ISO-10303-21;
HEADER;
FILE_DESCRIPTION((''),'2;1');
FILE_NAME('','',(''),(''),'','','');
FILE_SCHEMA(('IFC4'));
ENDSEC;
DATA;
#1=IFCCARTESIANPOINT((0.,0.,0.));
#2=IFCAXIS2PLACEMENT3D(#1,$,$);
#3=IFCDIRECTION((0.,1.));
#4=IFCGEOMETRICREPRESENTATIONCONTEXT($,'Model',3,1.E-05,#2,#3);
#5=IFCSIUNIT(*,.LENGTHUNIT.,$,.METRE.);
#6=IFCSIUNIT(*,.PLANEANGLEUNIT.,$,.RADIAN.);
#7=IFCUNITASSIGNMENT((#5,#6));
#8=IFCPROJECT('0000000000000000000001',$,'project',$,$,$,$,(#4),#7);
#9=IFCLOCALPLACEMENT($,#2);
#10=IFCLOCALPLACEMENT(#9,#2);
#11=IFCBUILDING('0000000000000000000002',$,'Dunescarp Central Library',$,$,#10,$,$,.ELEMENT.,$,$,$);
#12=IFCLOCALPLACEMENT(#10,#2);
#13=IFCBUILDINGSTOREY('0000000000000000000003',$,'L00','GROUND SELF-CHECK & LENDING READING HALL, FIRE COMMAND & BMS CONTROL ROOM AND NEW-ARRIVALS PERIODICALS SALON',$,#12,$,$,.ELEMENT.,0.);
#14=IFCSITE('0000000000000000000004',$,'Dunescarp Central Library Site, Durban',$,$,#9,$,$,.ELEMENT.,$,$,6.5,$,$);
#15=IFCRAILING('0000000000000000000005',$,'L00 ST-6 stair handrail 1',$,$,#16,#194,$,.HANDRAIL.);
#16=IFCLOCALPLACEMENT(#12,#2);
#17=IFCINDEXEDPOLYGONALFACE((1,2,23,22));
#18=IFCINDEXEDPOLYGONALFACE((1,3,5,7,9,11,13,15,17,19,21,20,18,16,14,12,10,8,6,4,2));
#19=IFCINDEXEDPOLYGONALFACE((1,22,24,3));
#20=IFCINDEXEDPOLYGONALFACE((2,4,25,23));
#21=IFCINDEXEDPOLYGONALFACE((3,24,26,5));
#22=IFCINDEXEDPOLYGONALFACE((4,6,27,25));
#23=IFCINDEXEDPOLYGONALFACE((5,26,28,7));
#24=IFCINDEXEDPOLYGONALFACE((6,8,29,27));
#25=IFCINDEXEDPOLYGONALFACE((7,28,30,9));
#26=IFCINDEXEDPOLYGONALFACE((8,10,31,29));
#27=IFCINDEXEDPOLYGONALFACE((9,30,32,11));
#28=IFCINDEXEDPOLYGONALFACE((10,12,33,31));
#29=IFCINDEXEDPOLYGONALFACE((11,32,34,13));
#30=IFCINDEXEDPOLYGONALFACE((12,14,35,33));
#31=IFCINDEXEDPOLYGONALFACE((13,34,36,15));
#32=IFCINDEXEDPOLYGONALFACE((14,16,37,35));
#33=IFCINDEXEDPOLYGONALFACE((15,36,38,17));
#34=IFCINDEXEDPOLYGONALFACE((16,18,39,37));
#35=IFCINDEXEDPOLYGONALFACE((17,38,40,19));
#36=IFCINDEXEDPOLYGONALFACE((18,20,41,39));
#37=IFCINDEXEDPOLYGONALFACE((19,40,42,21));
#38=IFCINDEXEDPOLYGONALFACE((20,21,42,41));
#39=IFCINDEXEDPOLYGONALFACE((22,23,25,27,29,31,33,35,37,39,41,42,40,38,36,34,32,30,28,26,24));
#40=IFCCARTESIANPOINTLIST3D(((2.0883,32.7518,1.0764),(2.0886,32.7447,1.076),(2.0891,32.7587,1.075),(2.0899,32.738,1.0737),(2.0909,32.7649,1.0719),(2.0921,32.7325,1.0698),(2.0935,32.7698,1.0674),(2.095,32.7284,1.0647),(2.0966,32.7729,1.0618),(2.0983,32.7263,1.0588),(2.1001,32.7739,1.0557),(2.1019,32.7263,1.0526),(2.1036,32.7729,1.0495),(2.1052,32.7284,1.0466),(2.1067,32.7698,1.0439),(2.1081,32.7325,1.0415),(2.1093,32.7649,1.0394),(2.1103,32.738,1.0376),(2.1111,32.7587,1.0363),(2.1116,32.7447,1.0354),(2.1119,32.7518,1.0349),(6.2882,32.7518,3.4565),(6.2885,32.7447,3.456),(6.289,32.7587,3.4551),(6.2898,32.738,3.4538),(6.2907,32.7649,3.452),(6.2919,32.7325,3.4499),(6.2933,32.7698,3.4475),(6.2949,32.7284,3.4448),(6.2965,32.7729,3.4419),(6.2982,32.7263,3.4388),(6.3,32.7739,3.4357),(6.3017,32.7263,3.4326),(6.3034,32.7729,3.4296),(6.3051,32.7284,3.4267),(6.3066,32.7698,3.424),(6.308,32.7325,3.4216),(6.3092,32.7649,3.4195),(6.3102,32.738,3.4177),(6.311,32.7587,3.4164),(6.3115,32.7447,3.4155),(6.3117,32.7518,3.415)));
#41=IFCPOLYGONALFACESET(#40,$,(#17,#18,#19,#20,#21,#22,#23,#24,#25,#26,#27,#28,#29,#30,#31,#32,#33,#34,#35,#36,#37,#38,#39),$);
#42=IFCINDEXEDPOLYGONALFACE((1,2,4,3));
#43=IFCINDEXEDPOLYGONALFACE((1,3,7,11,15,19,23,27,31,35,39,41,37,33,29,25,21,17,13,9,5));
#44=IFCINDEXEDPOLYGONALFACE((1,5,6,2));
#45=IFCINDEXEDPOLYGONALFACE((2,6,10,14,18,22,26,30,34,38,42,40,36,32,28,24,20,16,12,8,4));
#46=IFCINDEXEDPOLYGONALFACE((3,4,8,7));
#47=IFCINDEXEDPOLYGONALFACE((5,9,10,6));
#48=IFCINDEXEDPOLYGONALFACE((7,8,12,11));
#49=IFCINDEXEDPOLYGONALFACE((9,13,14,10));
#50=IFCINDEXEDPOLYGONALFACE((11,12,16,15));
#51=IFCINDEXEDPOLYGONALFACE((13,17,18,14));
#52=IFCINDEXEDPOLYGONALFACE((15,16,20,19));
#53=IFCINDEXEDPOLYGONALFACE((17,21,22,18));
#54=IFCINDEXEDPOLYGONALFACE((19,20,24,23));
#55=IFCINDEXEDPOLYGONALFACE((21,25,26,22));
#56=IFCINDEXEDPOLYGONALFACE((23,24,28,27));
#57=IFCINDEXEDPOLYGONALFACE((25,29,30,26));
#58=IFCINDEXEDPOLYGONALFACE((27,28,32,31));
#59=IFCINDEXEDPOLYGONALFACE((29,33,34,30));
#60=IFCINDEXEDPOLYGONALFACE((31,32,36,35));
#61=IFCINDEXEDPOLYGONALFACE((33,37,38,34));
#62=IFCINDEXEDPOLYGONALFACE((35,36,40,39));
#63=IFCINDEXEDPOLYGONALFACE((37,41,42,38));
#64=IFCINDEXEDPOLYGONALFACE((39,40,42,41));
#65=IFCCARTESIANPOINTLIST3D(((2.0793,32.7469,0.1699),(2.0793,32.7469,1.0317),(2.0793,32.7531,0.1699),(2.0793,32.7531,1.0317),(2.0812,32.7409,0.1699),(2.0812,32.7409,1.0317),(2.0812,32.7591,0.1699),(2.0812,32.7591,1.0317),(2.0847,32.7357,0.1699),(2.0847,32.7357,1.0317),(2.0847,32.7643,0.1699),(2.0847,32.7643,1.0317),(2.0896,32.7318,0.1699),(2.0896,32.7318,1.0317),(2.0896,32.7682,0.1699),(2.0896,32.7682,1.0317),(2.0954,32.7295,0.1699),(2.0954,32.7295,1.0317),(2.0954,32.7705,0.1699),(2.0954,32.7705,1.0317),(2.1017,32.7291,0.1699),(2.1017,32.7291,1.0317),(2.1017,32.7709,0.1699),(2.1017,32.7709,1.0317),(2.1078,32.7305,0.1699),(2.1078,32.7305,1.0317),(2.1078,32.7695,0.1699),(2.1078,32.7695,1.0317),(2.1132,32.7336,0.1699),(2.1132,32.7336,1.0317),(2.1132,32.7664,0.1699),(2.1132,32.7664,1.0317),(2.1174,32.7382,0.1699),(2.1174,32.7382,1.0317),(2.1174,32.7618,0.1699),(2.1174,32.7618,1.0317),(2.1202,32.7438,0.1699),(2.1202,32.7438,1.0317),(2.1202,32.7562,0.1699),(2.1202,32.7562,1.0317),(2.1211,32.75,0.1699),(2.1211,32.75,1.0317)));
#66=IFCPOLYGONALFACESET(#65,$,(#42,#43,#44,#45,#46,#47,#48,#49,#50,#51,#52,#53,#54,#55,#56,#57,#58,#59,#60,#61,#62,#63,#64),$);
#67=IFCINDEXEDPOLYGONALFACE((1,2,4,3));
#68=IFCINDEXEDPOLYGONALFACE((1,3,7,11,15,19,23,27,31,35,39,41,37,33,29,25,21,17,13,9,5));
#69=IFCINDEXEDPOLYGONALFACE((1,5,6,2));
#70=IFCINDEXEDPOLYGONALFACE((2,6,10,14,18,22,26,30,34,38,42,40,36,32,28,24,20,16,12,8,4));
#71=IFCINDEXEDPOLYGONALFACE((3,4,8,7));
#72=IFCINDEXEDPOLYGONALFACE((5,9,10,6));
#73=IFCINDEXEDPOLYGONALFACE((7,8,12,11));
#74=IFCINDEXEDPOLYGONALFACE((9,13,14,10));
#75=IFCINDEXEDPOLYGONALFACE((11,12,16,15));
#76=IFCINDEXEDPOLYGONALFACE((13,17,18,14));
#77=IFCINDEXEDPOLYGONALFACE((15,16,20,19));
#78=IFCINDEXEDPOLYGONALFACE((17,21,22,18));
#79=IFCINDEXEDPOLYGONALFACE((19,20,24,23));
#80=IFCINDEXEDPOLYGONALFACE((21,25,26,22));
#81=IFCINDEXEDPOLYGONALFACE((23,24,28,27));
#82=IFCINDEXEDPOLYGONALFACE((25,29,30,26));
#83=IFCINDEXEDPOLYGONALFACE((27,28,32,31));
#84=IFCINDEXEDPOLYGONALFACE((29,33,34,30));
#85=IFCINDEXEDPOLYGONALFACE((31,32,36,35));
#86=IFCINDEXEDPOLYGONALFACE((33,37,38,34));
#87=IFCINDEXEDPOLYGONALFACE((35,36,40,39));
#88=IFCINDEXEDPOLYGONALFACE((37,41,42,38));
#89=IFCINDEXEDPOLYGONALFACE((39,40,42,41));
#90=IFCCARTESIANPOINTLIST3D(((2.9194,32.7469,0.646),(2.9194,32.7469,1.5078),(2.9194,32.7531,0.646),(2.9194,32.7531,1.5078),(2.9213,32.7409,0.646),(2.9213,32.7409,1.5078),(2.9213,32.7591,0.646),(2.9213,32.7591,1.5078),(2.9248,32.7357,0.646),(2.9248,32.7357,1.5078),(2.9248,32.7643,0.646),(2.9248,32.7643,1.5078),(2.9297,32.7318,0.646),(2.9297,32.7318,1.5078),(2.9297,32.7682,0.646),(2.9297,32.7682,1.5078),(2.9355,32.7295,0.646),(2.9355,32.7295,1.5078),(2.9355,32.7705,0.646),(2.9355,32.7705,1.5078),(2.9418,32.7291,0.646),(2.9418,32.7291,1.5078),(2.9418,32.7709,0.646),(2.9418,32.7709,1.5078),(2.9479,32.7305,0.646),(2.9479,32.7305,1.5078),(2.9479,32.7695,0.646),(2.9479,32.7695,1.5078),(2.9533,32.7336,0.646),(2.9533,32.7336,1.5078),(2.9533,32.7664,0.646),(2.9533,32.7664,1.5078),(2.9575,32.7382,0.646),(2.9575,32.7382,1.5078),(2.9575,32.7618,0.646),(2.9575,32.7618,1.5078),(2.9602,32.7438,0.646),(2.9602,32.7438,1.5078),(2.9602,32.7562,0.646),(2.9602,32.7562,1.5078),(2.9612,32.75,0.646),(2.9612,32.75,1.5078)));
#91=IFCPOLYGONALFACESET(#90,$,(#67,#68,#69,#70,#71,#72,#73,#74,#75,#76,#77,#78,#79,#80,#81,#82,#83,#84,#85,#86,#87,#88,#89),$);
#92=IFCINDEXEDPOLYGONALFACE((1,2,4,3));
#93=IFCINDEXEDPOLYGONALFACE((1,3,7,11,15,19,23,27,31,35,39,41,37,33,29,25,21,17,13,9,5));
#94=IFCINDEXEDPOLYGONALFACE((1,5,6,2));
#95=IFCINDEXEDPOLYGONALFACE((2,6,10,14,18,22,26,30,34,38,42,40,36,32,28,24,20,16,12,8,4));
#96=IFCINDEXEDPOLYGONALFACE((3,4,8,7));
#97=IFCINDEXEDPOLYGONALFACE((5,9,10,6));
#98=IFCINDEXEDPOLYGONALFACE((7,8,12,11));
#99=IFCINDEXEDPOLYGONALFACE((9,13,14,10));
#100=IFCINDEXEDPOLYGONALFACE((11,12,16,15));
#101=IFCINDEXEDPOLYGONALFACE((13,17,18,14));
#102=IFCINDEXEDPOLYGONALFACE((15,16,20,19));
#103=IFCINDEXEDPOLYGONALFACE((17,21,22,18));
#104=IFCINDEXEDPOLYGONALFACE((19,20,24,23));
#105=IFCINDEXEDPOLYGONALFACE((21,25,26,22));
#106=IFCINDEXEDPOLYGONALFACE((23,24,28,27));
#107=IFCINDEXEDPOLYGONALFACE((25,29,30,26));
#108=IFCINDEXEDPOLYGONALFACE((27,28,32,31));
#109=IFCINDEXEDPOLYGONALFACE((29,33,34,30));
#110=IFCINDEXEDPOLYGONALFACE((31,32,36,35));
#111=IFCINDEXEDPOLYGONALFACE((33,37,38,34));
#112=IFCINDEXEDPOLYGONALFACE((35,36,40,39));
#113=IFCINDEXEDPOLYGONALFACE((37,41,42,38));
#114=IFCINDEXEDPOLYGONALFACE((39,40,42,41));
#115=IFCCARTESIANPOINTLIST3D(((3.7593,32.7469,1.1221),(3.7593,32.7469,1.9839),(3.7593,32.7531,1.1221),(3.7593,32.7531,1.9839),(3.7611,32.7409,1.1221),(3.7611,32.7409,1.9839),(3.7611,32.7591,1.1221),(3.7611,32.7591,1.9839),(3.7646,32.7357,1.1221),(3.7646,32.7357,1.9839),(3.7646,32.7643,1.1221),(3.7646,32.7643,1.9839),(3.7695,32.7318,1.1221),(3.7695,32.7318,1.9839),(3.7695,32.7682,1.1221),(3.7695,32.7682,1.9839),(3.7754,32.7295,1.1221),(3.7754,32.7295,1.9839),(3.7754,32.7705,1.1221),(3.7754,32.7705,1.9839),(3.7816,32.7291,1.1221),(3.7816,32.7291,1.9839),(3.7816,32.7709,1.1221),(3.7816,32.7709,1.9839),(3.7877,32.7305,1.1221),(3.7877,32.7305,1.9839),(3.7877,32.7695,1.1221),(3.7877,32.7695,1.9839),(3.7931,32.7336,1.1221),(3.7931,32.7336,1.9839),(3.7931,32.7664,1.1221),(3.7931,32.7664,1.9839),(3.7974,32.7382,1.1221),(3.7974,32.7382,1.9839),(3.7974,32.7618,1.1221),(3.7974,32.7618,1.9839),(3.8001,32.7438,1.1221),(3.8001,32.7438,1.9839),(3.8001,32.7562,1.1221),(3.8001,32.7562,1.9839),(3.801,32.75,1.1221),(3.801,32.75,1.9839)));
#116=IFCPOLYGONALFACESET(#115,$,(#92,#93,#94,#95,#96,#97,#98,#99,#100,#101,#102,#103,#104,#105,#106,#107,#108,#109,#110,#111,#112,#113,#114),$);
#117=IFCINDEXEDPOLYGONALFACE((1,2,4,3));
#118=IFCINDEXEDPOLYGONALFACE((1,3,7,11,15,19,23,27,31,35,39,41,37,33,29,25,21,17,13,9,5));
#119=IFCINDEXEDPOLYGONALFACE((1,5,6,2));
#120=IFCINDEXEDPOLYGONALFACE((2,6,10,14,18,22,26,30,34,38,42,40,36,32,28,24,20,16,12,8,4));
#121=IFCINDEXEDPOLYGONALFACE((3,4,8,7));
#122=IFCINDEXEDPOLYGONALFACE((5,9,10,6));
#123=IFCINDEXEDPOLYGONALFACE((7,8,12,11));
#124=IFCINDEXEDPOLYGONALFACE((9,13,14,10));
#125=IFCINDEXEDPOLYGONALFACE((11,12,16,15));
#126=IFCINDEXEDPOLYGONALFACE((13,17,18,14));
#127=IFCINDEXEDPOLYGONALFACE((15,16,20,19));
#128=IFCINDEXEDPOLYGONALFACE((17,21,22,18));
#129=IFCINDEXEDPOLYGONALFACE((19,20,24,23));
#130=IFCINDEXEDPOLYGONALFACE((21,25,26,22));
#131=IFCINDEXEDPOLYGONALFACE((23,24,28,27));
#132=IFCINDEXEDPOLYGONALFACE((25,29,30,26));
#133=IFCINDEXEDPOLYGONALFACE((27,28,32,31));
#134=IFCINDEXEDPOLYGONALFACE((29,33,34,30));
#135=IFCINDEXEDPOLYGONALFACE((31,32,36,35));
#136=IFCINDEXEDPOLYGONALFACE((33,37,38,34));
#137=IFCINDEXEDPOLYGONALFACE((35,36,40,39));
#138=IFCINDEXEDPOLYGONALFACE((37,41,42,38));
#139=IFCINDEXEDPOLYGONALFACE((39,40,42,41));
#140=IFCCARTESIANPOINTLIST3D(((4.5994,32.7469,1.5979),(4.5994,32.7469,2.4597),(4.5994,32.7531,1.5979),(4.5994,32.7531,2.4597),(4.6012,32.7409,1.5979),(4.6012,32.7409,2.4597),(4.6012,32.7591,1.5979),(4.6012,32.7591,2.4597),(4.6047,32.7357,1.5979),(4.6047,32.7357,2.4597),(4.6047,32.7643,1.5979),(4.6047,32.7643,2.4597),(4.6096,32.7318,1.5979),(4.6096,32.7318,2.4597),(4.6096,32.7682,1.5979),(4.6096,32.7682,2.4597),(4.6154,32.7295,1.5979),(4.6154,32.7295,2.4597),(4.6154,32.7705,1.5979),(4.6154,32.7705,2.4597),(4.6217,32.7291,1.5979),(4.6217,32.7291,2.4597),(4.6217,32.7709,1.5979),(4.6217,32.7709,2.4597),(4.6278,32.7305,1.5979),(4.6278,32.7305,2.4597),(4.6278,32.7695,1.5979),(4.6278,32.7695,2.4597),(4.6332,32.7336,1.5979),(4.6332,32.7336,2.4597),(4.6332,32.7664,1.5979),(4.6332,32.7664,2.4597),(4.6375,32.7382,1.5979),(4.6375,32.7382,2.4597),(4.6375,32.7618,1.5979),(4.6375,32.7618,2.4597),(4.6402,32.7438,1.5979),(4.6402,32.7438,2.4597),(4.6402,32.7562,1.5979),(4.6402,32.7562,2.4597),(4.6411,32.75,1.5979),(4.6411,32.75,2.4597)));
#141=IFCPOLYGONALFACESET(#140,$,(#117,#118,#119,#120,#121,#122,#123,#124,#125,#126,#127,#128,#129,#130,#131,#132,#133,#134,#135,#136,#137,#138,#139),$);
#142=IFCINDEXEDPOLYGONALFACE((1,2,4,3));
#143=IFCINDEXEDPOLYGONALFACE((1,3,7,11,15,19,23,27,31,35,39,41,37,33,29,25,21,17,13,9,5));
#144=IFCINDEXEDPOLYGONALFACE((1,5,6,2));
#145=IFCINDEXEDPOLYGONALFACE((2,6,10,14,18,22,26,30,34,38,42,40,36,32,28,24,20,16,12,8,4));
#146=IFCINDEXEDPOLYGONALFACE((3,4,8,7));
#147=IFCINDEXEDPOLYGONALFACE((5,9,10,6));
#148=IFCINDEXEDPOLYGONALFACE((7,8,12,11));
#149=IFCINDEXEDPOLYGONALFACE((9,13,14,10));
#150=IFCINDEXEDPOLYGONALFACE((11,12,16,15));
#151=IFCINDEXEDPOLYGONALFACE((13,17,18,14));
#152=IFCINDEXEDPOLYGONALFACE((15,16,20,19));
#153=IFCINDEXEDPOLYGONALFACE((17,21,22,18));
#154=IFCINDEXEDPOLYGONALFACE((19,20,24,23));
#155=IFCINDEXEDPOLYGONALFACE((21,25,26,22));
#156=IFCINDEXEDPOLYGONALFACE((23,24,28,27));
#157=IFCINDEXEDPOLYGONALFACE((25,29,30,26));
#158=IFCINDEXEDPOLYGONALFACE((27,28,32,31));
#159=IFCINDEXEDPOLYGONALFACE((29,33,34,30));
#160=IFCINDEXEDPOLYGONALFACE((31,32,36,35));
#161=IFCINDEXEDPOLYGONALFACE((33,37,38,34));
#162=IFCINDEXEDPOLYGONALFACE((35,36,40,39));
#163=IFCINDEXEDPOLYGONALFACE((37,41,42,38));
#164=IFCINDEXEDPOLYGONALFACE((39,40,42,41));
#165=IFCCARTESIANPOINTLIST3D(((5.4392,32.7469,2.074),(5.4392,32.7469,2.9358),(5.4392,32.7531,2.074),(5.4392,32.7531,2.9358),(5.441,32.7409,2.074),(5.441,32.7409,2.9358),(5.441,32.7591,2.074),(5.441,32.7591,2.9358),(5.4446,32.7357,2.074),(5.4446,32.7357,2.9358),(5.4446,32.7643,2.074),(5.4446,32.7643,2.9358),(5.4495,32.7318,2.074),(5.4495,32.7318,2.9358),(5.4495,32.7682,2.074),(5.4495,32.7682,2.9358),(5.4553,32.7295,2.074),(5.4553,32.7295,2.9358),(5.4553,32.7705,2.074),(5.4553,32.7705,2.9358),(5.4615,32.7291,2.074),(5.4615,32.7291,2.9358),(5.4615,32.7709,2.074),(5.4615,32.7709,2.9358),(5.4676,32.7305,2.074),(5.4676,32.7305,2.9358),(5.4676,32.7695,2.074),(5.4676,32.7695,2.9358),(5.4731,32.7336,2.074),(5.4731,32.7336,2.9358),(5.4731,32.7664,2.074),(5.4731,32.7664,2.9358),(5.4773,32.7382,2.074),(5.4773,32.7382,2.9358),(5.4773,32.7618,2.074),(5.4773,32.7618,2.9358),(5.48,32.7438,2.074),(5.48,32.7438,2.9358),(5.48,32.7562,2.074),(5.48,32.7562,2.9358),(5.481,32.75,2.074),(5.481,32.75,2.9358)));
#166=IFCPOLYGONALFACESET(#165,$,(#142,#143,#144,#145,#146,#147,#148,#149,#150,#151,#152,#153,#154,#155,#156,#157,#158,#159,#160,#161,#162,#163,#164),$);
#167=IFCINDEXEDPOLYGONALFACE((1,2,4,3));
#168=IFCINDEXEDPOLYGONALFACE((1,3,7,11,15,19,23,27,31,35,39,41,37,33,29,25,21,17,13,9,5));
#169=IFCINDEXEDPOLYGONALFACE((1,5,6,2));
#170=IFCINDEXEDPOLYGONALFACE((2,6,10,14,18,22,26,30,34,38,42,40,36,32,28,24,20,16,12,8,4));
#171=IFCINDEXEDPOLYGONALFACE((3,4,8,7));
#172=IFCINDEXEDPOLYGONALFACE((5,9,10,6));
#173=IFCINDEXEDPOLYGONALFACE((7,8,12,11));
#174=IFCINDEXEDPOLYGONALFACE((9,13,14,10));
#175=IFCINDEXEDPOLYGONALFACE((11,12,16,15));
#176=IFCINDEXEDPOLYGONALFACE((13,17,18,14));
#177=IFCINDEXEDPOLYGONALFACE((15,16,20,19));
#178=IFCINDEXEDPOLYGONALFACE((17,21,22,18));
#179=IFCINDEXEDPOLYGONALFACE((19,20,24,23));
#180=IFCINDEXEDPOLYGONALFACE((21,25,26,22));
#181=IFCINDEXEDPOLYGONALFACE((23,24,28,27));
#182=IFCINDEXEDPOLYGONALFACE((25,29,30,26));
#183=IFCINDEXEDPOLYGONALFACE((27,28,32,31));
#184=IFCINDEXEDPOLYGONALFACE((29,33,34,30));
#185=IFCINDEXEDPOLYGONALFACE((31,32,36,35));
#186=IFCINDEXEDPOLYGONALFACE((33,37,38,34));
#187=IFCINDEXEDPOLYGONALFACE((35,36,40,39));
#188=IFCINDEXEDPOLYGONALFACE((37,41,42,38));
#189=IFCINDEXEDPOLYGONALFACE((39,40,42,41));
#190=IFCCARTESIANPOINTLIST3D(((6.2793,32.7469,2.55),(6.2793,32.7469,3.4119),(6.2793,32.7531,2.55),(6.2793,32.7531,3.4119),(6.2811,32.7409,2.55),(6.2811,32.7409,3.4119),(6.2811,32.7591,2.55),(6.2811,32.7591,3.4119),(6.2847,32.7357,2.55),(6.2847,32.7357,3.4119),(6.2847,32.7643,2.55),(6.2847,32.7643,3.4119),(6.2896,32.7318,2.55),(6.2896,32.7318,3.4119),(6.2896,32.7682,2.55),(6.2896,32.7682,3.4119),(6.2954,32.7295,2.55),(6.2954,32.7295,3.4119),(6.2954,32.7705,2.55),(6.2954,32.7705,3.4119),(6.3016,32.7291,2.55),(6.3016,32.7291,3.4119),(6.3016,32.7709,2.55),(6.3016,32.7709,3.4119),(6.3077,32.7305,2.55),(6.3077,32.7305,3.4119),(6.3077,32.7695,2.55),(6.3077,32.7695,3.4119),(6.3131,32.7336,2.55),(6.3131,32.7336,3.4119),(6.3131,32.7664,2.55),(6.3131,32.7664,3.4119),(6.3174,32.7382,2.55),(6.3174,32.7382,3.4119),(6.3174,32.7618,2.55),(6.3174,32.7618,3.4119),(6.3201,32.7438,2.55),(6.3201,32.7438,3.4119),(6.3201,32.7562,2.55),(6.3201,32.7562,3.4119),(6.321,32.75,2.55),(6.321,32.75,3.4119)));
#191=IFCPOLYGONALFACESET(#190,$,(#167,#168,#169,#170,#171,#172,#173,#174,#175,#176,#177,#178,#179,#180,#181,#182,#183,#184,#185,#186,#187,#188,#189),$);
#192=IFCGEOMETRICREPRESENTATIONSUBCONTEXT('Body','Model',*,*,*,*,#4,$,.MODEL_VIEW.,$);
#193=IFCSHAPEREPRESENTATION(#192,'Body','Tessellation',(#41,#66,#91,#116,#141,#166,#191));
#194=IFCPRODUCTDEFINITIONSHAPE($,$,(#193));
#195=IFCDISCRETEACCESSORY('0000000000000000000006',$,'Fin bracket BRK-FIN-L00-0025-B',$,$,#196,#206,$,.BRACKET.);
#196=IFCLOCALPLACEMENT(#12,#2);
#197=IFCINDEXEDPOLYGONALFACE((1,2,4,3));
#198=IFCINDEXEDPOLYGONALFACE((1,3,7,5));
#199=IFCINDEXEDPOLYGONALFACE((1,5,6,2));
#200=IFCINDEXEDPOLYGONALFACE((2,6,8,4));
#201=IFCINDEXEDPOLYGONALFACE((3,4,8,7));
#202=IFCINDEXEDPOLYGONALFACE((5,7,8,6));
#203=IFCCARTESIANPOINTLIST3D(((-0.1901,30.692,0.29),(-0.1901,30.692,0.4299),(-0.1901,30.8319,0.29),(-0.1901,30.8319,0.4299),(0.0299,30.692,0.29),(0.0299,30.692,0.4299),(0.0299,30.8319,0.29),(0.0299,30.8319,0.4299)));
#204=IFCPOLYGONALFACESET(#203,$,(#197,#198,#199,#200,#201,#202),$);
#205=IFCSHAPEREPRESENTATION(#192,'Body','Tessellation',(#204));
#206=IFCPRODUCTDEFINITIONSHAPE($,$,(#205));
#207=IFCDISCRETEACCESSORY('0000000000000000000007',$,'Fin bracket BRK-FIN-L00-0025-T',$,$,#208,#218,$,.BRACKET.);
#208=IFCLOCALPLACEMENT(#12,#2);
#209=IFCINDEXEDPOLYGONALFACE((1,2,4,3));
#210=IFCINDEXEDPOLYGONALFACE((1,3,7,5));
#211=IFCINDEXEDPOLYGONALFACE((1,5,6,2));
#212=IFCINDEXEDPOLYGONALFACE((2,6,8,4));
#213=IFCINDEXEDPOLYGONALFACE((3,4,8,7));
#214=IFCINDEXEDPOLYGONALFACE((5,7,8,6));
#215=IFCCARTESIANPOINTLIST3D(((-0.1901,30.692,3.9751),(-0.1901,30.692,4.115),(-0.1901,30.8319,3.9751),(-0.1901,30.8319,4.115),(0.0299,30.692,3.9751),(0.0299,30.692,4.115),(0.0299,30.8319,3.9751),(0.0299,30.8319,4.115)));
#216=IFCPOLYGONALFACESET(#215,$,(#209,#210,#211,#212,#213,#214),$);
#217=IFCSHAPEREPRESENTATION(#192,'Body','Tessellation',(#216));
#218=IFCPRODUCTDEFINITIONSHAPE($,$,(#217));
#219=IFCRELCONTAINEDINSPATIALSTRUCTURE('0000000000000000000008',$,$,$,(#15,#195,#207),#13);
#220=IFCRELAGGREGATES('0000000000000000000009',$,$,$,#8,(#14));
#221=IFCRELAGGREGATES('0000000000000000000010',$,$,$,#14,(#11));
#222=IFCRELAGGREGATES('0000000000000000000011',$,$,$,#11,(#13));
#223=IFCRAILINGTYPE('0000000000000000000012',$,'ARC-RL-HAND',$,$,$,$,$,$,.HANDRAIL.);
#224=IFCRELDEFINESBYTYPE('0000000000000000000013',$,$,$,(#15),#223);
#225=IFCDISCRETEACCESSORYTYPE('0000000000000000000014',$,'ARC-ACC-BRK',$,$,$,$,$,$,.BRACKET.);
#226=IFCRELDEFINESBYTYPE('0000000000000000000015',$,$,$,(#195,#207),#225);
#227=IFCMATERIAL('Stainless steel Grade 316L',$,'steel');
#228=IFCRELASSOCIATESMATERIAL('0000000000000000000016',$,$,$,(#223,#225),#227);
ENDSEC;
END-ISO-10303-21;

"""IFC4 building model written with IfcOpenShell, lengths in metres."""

from ifc_helpers import new_model, si_unit, direction, frame, origin, origin_2d, place, context, subcontext, project, spatial, rectangle, circle, extrude, material, type_object, element, save


model = new_model("IFC4")

# Units and contexts
model_context = context("Model", 3, precision=1e-05, world=origin(), true_north=direction((0.0, 1.0)))
body_context = subcontext(model_context, "Body", "Model", "MODEL_VIEW")
ifc_project = project(units=[si_unit("LENGTHUNIT", "METRE"), si_unit("PLANEANGLEUNIT", "RADIAN")], contexts=[model_context])

# Site, building, storey
site_placement = place(None, origin())
site = spatial("IfcSite", under=ifc_project, at=site_placement, Name="Dunescarp Central Library Site, Durban", CompositionType="ELEMENT", RefElevation=6.5)
building_placement = place(site_placement, origin())
building = spatial("IfcBuilding", under=site, at=building_placement, Name="Dunescarp Central Library", CompositionType="ELEMENT")
storey_placement = place(building_placement, origin())
storey = spatial("IfcBuildingStorey", under=building, at=storey_placement, Name="L00", Description="GROUND SELF-CHECK & LENDING READING HALL, FIRE COMMAND & BMS CONTROL ROOM AND NEW-ARRIVALS PERIODICALS SALON", CompositionType="ELEMENT", Elevation=0.0)

# Railing
ifc_material_1 = material(Name="Stainless steel Grade 316L", Category="steel")
railing_type_1 = type_object("IfcRailingType", Name="ARC-RL-HAND", PredefinedType="HANDRAIL", material=ifc_material_1)
railing_1_placement = place(storey_placement, frame((2.1001, 32.75, 0.1699)))
element("IfcRailing", 1, at=railing_1_placement, inside=storey, type_object=railing_type_1, Name="L00 ST-6 stair handrail 1", PredefinedType="HANDRAIL", context=body_context, shape_type="SweptSolid", body=[
    extrude(circle(Radius=0.0239, at=origin_2d()), frame((0.0, 0.0, 0.8857), z_axis=(0.870008, 0.0, 0.493037), x_axis=(0.0, 1.0, 0.0)), (0.0, 0.0, 1.0), 4.8274),
    extrude(circle(Radius=0.021, at=origin_2d()), origin(), (0.0, 0.0, 1.0), 0.8618),
    extrude(circle(Radius=0.021, at=origin_2d()), frame((0.8401, 0.0, 0.4761)), (0.0, 0.0, 1.0), 0.8618),
    extrude(circle(Radius=0.021, at=origin_2d()), frame((1.6799, 0.0, 0.9521)), (0.0, 0.0, 1.0), 0.8618),
    extrude(circle(Radius=0.021, at=origin_2d()), frame((2.52, 0.0, 1.428)), (0.0, 0.0, 1.0), 0.8618),
    extrude(circle(Radius=0.021, at=origin_2d()), frame((3.3599, 0.0, 1.9041)), (0.0, 0.0, 1.0), 0.8618),
    extrude(circle(Radius=0.021, at=origin_2d()), frame((4.2, 0.0, 2.3801)), (0.0, 0.0, 1.0), 0.8618),
])

# Discrete accessories
discrete_accessory_type = type_object("IfcDiscreteAccessoryType", Name="ARC-ACC-BRK", PredefinedType="BRACKET", material=ifc_material_1)
for number, where, z_axis, x_axis, name in (
    (2, (-0.0801, 30.762, 0.29), (0.0, 0.0, 1.0), (-1.0, 0.0, 0.0), "Fin bracket BRK-FIN-L00-0025-B"),
    (3, (-0.0801, 30.762, 3.9751), (0.0, 0.0, 1.0), (-1.0, 0.0, 0.0), "Fin bracket BRK-FIN-L00-0025-T"),
):
    element("IfcDiscreteAccessory", number, at=place(storey_placement, frame(where, z_axis=z_axis, x_axis=x_axis)), inside=storey, type_object=discrete_accessory_type, Name=name, PredefinedType="BRACKET", context=body_context, shape_type="SweptSolid", body=[
        extrude(rectangle(XDim=0.22, YDim=0.1399, at=origin_2d()), origin(), (0.0, 0.0, 1.0), 0.1399),
    ])

save(model, "model.ifc")
